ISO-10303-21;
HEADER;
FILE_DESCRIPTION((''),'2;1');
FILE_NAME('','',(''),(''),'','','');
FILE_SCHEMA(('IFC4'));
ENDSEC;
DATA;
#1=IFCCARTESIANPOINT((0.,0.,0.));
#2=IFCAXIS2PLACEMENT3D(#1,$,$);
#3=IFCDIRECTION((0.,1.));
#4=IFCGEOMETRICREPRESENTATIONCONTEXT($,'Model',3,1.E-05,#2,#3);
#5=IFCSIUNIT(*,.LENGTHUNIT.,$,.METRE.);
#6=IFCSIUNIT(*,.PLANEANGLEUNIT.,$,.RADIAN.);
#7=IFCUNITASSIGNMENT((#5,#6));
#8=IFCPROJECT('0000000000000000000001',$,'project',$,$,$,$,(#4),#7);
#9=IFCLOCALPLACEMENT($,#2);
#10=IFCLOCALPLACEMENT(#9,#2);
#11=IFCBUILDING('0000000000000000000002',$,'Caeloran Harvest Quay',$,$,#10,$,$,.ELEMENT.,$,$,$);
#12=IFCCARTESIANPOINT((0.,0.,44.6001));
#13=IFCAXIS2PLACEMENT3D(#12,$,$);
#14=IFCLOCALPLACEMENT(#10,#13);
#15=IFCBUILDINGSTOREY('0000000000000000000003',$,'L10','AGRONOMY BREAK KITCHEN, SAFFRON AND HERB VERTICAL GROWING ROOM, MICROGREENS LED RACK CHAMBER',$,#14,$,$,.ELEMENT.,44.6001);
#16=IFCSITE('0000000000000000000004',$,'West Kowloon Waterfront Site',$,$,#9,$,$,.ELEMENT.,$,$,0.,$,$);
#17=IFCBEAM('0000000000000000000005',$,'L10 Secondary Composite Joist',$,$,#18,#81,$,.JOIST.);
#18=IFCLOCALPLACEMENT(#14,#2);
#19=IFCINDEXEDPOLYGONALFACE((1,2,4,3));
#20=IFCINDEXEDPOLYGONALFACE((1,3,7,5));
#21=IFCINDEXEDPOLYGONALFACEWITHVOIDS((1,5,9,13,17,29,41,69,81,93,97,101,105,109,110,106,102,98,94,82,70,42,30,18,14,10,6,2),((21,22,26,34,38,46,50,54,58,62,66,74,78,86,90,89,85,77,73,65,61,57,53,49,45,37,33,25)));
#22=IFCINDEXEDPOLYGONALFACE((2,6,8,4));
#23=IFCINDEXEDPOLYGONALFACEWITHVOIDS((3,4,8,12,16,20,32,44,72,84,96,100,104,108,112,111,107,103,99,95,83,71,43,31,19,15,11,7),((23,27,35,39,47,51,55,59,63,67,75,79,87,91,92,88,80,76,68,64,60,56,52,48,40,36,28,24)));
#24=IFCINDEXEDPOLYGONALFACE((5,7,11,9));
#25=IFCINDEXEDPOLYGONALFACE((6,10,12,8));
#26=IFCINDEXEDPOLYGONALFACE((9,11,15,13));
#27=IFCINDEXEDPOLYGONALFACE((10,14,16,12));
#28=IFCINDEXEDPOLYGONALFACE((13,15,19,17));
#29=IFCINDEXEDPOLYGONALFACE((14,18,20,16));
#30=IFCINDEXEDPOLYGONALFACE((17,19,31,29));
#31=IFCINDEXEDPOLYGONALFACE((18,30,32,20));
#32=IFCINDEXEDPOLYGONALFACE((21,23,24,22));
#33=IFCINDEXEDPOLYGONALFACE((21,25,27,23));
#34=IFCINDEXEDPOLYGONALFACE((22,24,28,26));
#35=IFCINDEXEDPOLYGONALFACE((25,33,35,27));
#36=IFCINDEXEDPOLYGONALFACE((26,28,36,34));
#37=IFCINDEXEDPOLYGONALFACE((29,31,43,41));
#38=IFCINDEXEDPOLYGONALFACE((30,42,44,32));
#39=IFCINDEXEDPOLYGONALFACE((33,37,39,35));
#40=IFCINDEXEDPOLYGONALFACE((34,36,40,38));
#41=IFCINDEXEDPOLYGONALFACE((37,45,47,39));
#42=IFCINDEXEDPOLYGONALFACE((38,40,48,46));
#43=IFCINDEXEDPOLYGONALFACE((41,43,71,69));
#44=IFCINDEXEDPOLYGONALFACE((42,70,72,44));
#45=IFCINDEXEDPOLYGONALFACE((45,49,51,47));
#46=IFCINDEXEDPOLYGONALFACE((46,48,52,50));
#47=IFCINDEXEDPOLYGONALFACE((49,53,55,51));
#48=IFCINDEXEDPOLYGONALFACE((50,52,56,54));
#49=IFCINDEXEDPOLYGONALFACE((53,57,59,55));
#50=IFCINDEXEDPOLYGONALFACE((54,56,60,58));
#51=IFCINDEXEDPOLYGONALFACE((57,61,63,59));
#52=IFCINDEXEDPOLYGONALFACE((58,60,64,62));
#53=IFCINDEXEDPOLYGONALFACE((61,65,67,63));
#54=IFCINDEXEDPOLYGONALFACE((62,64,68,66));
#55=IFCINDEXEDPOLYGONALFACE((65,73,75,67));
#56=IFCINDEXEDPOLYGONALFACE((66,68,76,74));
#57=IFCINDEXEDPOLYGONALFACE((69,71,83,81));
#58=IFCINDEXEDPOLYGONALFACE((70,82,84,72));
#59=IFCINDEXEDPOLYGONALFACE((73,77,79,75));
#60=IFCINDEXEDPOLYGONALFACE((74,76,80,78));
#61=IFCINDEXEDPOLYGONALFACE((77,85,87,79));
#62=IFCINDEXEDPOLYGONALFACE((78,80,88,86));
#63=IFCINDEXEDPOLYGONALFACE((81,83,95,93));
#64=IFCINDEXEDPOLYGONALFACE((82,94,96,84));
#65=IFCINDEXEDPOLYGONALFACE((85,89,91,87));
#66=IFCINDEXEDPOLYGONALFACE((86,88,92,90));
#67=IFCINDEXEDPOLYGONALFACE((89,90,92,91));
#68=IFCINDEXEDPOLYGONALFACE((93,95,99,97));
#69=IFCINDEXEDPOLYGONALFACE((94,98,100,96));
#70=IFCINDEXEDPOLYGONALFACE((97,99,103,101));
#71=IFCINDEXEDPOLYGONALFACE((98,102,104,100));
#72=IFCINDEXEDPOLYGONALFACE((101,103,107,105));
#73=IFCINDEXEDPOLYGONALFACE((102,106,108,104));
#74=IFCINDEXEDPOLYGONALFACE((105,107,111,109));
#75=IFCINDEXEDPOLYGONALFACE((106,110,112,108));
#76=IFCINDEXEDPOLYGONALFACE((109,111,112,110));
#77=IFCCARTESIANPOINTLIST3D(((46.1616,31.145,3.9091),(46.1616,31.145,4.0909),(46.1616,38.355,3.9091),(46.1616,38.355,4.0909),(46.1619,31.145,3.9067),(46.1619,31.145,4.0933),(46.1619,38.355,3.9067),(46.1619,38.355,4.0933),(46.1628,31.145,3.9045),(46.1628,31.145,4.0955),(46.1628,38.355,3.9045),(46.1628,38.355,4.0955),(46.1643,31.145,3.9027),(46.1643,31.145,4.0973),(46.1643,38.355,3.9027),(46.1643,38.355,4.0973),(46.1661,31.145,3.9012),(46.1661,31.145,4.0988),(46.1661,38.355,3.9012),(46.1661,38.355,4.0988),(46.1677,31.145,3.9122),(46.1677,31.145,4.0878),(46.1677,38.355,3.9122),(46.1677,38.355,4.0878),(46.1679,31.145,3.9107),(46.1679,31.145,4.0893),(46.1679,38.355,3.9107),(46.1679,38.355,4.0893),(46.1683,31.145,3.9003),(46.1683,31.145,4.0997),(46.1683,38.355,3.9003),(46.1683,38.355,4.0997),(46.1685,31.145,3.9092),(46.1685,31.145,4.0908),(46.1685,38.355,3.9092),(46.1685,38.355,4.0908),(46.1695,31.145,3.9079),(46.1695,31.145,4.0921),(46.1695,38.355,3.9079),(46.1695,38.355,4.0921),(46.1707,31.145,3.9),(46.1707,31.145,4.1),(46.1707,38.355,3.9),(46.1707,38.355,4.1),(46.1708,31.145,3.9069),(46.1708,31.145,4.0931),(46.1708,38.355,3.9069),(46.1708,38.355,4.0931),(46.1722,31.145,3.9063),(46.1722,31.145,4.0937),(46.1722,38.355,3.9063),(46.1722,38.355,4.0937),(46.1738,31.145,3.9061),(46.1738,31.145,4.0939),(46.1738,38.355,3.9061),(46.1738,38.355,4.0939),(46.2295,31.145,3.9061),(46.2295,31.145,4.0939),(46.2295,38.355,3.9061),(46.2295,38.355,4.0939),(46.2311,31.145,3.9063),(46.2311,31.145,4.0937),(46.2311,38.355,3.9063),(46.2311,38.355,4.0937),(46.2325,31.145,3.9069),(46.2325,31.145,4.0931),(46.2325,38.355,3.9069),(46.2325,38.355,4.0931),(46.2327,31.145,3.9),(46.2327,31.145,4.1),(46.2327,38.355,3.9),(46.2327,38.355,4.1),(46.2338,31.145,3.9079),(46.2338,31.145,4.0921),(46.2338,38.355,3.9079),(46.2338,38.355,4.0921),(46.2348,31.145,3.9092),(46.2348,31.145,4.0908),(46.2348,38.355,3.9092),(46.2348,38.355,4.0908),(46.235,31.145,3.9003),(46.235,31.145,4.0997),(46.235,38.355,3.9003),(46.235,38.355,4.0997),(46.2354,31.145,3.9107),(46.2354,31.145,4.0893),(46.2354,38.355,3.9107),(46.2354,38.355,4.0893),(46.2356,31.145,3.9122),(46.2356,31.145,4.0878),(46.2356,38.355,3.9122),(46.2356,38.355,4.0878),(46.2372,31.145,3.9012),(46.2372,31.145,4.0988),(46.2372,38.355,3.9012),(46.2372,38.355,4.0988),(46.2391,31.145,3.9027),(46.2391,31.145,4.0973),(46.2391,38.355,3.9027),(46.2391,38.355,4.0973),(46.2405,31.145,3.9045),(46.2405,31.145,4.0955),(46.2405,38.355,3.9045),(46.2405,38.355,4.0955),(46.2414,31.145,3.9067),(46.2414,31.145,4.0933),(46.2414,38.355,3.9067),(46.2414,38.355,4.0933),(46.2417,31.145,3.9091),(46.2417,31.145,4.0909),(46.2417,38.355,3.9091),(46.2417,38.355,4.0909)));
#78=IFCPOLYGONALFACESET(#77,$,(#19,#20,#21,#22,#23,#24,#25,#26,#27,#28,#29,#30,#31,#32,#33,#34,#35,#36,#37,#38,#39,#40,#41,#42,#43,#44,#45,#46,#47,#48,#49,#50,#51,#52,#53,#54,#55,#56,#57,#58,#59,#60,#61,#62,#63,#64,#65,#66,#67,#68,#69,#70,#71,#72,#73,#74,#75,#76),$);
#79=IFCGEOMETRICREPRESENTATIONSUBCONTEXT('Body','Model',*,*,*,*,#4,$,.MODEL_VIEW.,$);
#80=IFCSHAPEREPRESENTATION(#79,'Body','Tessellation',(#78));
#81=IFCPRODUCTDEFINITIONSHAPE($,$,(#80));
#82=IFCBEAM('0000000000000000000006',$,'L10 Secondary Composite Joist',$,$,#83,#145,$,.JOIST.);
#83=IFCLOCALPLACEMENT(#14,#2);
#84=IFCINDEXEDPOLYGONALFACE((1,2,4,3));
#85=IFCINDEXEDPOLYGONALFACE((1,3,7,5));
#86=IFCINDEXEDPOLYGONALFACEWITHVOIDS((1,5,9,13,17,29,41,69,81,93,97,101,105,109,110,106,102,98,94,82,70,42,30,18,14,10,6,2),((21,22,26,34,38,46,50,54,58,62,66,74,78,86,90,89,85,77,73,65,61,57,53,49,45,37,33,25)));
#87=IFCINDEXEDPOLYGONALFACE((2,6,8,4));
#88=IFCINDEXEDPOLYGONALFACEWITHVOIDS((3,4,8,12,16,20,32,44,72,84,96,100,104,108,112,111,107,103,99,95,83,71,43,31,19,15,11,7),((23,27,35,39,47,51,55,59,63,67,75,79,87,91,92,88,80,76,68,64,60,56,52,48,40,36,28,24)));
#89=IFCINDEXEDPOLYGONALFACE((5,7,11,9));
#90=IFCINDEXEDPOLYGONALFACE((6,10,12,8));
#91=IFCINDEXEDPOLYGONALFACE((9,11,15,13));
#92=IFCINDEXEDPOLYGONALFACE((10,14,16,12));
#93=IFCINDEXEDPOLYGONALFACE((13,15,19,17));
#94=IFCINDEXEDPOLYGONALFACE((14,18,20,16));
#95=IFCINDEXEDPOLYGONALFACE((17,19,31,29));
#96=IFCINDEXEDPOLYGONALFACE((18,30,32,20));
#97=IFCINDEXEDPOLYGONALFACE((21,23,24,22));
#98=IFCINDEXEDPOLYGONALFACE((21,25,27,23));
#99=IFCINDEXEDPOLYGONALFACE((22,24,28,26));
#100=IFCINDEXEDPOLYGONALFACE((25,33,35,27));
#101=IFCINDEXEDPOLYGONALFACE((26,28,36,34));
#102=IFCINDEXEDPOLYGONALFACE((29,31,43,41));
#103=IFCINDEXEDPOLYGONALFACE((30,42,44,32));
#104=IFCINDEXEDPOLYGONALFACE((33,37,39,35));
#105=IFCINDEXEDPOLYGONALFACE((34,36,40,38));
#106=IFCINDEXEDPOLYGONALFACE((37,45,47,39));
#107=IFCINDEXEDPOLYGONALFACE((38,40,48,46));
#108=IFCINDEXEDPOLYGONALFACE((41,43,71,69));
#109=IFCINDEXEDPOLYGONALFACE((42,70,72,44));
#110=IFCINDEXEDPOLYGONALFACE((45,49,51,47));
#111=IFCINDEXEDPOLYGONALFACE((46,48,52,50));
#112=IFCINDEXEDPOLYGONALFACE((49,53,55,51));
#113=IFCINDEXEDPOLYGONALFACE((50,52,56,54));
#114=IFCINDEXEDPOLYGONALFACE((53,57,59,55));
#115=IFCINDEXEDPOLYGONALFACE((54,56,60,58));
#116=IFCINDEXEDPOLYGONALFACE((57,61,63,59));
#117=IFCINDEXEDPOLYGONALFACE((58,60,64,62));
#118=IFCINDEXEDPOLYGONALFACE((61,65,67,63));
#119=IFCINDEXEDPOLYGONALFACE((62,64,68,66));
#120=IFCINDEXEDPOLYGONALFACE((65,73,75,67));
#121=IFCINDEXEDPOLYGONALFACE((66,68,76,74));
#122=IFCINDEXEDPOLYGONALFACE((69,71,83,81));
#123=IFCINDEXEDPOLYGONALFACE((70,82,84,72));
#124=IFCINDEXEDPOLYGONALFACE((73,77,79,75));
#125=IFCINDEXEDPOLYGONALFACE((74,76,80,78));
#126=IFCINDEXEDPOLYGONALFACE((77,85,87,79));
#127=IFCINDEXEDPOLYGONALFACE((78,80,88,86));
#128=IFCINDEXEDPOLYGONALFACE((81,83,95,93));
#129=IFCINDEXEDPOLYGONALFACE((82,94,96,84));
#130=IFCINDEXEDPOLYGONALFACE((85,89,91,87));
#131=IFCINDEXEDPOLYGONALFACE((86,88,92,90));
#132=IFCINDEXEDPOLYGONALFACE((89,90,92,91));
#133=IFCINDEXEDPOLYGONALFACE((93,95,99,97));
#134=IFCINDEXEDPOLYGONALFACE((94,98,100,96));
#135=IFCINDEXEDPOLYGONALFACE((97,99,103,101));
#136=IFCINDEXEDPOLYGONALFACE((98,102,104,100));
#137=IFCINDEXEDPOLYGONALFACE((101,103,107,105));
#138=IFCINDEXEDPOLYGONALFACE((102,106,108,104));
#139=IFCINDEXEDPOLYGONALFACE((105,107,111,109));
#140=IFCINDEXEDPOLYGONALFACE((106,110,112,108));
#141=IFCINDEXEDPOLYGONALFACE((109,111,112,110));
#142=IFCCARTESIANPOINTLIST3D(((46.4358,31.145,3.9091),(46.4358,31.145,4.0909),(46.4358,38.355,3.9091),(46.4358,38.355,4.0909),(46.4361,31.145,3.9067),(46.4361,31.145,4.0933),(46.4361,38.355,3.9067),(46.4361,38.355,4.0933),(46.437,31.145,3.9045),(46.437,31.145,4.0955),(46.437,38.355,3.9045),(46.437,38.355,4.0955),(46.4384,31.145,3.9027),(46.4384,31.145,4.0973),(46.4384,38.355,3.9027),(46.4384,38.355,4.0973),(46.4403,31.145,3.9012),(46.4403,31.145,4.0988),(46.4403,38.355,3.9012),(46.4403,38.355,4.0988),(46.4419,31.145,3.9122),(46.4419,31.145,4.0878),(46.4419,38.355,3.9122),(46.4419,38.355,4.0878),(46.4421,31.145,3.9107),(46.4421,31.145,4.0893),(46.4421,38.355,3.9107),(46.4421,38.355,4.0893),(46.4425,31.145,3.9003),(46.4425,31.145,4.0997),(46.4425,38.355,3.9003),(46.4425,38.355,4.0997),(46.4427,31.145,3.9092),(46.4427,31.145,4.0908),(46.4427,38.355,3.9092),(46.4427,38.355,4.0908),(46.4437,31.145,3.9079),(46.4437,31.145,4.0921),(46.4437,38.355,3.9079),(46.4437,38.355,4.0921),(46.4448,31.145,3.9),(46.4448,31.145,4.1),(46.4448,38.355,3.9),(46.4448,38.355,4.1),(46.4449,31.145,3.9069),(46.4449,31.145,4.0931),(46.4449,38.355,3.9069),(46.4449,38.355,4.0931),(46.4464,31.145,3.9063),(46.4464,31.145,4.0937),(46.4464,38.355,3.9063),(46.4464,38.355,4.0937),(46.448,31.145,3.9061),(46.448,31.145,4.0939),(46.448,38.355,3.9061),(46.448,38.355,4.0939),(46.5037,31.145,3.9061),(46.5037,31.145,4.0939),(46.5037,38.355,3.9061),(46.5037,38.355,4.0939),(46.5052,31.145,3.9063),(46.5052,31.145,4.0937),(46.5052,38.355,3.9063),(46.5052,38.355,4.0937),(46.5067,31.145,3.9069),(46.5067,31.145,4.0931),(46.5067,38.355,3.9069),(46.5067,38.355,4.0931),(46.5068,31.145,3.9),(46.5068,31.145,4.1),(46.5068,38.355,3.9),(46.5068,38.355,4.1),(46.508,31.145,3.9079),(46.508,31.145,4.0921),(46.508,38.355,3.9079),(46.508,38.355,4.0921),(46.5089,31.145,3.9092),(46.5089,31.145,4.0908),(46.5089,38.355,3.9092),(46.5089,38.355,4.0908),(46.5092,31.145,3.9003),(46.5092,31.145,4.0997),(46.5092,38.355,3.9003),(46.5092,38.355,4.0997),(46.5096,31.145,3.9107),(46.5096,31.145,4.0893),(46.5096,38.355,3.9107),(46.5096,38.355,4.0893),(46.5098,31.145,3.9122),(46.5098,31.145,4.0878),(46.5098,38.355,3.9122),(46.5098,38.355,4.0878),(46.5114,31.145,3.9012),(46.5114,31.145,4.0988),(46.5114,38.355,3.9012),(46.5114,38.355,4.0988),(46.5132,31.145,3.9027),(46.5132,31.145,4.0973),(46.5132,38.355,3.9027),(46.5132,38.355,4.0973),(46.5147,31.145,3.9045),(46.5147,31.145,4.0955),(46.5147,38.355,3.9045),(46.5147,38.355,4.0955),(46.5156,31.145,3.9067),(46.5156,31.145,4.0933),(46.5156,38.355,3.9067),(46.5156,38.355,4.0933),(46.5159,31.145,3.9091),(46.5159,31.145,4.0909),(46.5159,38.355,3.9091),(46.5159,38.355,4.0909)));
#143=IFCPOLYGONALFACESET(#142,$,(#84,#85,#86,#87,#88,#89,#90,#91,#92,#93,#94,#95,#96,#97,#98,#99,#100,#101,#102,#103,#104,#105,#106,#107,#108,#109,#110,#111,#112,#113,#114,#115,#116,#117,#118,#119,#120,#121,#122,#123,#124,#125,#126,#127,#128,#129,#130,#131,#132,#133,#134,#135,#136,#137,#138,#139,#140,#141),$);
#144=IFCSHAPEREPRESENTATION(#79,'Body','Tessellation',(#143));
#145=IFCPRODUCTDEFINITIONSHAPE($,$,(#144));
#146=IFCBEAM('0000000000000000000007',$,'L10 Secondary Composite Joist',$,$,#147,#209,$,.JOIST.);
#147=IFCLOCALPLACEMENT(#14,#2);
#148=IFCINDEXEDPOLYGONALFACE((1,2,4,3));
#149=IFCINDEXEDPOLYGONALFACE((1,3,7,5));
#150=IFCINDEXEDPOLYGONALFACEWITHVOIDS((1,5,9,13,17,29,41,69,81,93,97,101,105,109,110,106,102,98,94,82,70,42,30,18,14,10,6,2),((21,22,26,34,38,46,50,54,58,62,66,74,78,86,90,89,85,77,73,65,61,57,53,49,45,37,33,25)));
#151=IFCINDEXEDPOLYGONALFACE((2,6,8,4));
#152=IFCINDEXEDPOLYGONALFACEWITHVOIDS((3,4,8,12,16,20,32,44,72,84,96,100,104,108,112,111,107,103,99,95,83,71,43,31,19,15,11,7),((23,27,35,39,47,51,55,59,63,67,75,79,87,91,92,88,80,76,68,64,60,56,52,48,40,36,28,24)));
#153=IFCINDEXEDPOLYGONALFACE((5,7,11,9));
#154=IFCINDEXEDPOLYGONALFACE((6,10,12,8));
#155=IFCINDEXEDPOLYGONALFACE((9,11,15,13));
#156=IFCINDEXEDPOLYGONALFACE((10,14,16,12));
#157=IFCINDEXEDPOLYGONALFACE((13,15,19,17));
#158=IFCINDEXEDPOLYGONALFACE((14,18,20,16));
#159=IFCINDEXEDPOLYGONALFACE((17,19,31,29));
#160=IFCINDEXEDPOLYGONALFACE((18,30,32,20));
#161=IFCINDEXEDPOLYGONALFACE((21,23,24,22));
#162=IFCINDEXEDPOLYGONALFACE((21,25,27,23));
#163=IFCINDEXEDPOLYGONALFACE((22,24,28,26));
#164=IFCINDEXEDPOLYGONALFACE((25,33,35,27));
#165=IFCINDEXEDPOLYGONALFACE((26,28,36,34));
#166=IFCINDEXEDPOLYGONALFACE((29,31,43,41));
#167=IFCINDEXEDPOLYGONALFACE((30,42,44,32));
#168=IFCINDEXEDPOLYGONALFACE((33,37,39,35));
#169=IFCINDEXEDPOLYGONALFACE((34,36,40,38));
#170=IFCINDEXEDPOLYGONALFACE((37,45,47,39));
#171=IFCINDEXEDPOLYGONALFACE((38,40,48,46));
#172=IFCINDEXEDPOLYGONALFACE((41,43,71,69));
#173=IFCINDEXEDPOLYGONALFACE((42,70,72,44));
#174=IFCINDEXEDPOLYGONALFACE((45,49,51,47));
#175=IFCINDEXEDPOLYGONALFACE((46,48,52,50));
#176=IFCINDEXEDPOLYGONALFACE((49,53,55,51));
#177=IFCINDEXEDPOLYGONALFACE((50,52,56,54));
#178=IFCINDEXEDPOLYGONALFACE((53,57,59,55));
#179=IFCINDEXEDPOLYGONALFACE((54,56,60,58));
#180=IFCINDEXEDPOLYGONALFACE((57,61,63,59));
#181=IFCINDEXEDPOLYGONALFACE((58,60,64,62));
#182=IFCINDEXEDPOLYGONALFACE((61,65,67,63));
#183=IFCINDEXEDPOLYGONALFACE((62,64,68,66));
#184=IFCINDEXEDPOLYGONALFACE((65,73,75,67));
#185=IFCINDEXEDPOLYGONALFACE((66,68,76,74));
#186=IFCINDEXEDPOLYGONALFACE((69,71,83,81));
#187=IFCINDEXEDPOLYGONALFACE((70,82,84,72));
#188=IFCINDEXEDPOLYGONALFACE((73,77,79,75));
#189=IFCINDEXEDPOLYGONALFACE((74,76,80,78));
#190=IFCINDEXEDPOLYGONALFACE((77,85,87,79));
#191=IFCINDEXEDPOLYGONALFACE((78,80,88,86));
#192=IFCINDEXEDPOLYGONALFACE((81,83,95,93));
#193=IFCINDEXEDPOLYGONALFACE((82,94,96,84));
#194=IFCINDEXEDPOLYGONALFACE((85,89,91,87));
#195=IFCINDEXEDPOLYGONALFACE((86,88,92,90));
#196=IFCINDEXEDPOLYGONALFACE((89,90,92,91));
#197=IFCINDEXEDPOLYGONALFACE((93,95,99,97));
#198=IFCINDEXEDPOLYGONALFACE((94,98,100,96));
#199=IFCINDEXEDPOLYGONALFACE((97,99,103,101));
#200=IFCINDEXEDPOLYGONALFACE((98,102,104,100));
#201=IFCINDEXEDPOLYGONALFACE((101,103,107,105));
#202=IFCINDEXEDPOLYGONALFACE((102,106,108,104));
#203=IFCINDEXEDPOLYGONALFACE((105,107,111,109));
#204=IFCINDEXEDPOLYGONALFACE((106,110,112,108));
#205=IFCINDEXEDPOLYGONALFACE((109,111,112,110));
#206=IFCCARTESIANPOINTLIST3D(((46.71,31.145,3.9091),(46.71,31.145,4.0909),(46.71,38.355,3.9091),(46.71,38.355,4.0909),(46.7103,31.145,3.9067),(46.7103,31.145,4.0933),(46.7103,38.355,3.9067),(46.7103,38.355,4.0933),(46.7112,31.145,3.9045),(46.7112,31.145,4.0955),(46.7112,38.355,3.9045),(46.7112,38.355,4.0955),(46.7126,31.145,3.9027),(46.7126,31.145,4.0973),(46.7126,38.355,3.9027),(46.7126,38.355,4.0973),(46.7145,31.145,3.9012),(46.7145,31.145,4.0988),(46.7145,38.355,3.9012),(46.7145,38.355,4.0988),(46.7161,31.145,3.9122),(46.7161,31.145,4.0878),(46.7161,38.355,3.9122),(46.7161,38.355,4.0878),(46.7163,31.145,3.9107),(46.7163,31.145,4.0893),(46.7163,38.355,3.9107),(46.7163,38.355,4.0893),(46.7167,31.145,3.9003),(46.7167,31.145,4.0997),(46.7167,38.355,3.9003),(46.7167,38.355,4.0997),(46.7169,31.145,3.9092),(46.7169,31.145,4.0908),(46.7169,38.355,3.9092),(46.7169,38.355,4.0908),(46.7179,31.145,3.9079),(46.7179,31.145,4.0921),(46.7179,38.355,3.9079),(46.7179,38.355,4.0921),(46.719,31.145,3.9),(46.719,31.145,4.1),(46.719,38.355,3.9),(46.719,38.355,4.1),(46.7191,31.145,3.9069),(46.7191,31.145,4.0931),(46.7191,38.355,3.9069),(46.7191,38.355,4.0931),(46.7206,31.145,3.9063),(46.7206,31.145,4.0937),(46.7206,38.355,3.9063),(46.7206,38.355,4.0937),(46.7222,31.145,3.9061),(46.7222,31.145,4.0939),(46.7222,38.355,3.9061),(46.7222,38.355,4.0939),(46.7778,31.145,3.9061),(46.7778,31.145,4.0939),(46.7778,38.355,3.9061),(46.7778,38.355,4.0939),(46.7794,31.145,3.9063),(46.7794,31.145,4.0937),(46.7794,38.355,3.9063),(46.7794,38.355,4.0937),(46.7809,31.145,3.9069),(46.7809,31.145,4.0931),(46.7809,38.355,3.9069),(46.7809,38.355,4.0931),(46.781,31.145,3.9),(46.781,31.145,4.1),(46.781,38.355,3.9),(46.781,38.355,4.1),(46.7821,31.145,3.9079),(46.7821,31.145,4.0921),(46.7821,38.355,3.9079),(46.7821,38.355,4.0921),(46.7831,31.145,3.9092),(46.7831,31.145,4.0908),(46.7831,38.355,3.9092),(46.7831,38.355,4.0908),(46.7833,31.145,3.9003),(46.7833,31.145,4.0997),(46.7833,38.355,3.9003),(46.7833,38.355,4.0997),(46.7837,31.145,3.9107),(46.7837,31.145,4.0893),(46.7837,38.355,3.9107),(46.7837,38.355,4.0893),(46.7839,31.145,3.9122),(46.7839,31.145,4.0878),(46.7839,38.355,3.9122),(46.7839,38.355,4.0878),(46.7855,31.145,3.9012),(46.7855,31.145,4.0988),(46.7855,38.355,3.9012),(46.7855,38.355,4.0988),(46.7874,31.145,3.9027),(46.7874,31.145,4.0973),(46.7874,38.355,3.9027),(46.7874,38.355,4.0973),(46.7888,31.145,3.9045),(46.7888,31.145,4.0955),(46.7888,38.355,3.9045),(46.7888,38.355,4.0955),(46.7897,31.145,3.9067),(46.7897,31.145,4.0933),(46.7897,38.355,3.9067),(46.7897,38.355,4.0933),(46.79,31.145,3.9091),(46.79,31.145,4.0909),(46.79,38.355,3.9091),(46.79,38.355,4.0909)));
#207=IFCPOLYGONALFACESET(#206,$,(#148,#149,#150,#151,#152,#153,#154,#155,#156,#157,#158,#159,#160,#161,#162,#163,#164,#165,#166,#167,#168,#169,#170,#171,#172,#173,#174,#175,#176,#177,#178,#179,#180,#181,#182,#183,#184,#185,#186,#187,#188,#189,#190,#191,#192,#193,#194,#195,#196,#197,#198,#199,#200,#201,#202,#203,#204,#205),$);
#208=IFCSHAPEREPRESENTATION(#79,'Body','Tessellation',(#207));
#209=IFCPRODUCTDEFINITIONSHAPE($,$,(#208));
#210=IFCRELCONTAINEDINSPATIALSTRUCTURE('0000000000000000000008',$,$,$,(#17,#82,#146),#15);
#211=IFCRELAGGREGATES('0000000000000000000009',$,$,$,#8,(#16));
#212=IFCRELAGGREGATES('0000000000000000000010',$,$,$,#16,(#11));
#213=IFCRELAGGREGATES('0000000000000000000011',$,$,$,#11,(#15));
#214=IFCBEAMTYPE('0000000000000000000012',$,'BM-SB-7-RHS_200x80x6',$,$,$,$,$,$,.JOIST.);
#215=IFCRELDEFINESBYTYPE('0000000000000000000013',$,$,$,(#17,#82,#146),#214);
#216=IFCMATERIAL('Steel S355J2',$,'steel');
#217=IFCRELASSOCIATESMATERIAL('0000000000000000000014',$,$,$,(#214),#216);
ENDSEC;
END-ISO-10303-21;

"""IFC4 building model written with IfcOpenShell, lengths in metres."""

from ifc_helpers import new_model, si_unit, direction, frame, origin, origin_2d, place, context, subcontext, project, spatial, hollow_rectangle, extrude, material, material_profile, profile_set, type_object, element, save


model = new_model("IFC4")

# Units and contexts
model_context = context("Model", 3, precision=1e-05, world=origin(), true_north=direction((0.0, 1.0)))
body_context = subcontext(model_context, "Body", "Model", "MODEL_VIEW")
ifc_project = project(units=[si_unit("LENGTHUNIT", "METRE"), si_unit("PLANEANGLEUNIT", "RADIAN")], contexts=[model_context])

# Site, building, storey
site_placement = place(None, origin())
site = spatial("IfcSite", under=ifc_project, at=site_placement, Name="West Kowloon Waterfront Site", CompositionType="ELEMENT", RefElevation=0.0)
building_placement = place(site_placement, origin())
building = spatial("IfcBuilding", under=site, at=building_placement, Name="Caeloran Harvest Quay", CompositionType="ELEMENT")
storey_placement = place(building_placement, frame((0.0, 0.0, 44.6001)))
storey = spatial("IfcBuildingStorey", under=building, at=storey_placement, Name="L10", Description="AGRONOMY BREAK KITCHEN, SAFFRON AND HERB VERTICAL GROWING ROOM, MICROGREENS LED RACK CHAMBER", CompositionType="ELEMENT", Elevation=44.6001)

# Beams
ifc_material_1 = material(Name="Steel S355J2", Category="steel")
ifc_material_profile_1 = material_profile(ifc_material_1, hollow_rectangle(XDim=0.0801, YDim=0.2, WallThickness=0.0061, InnerFilletRadius=0.0061, OuterFilletRadius=0.009, at=origin_2d()), Name="RHS 200x80x6")
ifc_profile_set_1 = profile_set([ifc_material_profile_1], Name="Steel S355J2")
beam_type_1 = type_object("IfcBeamType", Name="BM-SB-7-RHS_200x80x6", PredefinedType="JOIST", material=ifc_profile_set_1)
for number, where, z_axis, x_axis, name in (
    (1, (46.2017, 31.145, 4.0), (0.0, 1.0, 0.0), (-1.0, 0.0, 0.0), "L10 Secondary Composite Joist"),
    (2, (46.4758, 31.145, 4.0), (0.0, 1.0, 0.0), (-1.0, 0.0, 0.0), "L10 Secondary Composite Joist"),
    (3, (46.75, 31.145, 4.0), (0.0, 1.0, 0.0), (-1.0, 0.0, 0.0), "L10 Secondary Composite Joist"),
):
    element("IfcBeam", number, at=place(storey_placement, frame(where, z_axis=z_axis, x_axis=x_axis)), inside=storey, type_object=beam_type_1, Name=name, PredefinedType="JOIST", context=body_context, shape_type="SweptSolid", body=[
        extrude(hollow_rectangle(XDim=0.0801, YDim=0.2, WallThickness=0.0061, InnerFilletRadius=0.0061, OuterFilletRadius=0.009, at=origin_2d()), origin(), (0.0, 0.0, 1.0), 7.21),
    ])

save(model, "model.ifc")
